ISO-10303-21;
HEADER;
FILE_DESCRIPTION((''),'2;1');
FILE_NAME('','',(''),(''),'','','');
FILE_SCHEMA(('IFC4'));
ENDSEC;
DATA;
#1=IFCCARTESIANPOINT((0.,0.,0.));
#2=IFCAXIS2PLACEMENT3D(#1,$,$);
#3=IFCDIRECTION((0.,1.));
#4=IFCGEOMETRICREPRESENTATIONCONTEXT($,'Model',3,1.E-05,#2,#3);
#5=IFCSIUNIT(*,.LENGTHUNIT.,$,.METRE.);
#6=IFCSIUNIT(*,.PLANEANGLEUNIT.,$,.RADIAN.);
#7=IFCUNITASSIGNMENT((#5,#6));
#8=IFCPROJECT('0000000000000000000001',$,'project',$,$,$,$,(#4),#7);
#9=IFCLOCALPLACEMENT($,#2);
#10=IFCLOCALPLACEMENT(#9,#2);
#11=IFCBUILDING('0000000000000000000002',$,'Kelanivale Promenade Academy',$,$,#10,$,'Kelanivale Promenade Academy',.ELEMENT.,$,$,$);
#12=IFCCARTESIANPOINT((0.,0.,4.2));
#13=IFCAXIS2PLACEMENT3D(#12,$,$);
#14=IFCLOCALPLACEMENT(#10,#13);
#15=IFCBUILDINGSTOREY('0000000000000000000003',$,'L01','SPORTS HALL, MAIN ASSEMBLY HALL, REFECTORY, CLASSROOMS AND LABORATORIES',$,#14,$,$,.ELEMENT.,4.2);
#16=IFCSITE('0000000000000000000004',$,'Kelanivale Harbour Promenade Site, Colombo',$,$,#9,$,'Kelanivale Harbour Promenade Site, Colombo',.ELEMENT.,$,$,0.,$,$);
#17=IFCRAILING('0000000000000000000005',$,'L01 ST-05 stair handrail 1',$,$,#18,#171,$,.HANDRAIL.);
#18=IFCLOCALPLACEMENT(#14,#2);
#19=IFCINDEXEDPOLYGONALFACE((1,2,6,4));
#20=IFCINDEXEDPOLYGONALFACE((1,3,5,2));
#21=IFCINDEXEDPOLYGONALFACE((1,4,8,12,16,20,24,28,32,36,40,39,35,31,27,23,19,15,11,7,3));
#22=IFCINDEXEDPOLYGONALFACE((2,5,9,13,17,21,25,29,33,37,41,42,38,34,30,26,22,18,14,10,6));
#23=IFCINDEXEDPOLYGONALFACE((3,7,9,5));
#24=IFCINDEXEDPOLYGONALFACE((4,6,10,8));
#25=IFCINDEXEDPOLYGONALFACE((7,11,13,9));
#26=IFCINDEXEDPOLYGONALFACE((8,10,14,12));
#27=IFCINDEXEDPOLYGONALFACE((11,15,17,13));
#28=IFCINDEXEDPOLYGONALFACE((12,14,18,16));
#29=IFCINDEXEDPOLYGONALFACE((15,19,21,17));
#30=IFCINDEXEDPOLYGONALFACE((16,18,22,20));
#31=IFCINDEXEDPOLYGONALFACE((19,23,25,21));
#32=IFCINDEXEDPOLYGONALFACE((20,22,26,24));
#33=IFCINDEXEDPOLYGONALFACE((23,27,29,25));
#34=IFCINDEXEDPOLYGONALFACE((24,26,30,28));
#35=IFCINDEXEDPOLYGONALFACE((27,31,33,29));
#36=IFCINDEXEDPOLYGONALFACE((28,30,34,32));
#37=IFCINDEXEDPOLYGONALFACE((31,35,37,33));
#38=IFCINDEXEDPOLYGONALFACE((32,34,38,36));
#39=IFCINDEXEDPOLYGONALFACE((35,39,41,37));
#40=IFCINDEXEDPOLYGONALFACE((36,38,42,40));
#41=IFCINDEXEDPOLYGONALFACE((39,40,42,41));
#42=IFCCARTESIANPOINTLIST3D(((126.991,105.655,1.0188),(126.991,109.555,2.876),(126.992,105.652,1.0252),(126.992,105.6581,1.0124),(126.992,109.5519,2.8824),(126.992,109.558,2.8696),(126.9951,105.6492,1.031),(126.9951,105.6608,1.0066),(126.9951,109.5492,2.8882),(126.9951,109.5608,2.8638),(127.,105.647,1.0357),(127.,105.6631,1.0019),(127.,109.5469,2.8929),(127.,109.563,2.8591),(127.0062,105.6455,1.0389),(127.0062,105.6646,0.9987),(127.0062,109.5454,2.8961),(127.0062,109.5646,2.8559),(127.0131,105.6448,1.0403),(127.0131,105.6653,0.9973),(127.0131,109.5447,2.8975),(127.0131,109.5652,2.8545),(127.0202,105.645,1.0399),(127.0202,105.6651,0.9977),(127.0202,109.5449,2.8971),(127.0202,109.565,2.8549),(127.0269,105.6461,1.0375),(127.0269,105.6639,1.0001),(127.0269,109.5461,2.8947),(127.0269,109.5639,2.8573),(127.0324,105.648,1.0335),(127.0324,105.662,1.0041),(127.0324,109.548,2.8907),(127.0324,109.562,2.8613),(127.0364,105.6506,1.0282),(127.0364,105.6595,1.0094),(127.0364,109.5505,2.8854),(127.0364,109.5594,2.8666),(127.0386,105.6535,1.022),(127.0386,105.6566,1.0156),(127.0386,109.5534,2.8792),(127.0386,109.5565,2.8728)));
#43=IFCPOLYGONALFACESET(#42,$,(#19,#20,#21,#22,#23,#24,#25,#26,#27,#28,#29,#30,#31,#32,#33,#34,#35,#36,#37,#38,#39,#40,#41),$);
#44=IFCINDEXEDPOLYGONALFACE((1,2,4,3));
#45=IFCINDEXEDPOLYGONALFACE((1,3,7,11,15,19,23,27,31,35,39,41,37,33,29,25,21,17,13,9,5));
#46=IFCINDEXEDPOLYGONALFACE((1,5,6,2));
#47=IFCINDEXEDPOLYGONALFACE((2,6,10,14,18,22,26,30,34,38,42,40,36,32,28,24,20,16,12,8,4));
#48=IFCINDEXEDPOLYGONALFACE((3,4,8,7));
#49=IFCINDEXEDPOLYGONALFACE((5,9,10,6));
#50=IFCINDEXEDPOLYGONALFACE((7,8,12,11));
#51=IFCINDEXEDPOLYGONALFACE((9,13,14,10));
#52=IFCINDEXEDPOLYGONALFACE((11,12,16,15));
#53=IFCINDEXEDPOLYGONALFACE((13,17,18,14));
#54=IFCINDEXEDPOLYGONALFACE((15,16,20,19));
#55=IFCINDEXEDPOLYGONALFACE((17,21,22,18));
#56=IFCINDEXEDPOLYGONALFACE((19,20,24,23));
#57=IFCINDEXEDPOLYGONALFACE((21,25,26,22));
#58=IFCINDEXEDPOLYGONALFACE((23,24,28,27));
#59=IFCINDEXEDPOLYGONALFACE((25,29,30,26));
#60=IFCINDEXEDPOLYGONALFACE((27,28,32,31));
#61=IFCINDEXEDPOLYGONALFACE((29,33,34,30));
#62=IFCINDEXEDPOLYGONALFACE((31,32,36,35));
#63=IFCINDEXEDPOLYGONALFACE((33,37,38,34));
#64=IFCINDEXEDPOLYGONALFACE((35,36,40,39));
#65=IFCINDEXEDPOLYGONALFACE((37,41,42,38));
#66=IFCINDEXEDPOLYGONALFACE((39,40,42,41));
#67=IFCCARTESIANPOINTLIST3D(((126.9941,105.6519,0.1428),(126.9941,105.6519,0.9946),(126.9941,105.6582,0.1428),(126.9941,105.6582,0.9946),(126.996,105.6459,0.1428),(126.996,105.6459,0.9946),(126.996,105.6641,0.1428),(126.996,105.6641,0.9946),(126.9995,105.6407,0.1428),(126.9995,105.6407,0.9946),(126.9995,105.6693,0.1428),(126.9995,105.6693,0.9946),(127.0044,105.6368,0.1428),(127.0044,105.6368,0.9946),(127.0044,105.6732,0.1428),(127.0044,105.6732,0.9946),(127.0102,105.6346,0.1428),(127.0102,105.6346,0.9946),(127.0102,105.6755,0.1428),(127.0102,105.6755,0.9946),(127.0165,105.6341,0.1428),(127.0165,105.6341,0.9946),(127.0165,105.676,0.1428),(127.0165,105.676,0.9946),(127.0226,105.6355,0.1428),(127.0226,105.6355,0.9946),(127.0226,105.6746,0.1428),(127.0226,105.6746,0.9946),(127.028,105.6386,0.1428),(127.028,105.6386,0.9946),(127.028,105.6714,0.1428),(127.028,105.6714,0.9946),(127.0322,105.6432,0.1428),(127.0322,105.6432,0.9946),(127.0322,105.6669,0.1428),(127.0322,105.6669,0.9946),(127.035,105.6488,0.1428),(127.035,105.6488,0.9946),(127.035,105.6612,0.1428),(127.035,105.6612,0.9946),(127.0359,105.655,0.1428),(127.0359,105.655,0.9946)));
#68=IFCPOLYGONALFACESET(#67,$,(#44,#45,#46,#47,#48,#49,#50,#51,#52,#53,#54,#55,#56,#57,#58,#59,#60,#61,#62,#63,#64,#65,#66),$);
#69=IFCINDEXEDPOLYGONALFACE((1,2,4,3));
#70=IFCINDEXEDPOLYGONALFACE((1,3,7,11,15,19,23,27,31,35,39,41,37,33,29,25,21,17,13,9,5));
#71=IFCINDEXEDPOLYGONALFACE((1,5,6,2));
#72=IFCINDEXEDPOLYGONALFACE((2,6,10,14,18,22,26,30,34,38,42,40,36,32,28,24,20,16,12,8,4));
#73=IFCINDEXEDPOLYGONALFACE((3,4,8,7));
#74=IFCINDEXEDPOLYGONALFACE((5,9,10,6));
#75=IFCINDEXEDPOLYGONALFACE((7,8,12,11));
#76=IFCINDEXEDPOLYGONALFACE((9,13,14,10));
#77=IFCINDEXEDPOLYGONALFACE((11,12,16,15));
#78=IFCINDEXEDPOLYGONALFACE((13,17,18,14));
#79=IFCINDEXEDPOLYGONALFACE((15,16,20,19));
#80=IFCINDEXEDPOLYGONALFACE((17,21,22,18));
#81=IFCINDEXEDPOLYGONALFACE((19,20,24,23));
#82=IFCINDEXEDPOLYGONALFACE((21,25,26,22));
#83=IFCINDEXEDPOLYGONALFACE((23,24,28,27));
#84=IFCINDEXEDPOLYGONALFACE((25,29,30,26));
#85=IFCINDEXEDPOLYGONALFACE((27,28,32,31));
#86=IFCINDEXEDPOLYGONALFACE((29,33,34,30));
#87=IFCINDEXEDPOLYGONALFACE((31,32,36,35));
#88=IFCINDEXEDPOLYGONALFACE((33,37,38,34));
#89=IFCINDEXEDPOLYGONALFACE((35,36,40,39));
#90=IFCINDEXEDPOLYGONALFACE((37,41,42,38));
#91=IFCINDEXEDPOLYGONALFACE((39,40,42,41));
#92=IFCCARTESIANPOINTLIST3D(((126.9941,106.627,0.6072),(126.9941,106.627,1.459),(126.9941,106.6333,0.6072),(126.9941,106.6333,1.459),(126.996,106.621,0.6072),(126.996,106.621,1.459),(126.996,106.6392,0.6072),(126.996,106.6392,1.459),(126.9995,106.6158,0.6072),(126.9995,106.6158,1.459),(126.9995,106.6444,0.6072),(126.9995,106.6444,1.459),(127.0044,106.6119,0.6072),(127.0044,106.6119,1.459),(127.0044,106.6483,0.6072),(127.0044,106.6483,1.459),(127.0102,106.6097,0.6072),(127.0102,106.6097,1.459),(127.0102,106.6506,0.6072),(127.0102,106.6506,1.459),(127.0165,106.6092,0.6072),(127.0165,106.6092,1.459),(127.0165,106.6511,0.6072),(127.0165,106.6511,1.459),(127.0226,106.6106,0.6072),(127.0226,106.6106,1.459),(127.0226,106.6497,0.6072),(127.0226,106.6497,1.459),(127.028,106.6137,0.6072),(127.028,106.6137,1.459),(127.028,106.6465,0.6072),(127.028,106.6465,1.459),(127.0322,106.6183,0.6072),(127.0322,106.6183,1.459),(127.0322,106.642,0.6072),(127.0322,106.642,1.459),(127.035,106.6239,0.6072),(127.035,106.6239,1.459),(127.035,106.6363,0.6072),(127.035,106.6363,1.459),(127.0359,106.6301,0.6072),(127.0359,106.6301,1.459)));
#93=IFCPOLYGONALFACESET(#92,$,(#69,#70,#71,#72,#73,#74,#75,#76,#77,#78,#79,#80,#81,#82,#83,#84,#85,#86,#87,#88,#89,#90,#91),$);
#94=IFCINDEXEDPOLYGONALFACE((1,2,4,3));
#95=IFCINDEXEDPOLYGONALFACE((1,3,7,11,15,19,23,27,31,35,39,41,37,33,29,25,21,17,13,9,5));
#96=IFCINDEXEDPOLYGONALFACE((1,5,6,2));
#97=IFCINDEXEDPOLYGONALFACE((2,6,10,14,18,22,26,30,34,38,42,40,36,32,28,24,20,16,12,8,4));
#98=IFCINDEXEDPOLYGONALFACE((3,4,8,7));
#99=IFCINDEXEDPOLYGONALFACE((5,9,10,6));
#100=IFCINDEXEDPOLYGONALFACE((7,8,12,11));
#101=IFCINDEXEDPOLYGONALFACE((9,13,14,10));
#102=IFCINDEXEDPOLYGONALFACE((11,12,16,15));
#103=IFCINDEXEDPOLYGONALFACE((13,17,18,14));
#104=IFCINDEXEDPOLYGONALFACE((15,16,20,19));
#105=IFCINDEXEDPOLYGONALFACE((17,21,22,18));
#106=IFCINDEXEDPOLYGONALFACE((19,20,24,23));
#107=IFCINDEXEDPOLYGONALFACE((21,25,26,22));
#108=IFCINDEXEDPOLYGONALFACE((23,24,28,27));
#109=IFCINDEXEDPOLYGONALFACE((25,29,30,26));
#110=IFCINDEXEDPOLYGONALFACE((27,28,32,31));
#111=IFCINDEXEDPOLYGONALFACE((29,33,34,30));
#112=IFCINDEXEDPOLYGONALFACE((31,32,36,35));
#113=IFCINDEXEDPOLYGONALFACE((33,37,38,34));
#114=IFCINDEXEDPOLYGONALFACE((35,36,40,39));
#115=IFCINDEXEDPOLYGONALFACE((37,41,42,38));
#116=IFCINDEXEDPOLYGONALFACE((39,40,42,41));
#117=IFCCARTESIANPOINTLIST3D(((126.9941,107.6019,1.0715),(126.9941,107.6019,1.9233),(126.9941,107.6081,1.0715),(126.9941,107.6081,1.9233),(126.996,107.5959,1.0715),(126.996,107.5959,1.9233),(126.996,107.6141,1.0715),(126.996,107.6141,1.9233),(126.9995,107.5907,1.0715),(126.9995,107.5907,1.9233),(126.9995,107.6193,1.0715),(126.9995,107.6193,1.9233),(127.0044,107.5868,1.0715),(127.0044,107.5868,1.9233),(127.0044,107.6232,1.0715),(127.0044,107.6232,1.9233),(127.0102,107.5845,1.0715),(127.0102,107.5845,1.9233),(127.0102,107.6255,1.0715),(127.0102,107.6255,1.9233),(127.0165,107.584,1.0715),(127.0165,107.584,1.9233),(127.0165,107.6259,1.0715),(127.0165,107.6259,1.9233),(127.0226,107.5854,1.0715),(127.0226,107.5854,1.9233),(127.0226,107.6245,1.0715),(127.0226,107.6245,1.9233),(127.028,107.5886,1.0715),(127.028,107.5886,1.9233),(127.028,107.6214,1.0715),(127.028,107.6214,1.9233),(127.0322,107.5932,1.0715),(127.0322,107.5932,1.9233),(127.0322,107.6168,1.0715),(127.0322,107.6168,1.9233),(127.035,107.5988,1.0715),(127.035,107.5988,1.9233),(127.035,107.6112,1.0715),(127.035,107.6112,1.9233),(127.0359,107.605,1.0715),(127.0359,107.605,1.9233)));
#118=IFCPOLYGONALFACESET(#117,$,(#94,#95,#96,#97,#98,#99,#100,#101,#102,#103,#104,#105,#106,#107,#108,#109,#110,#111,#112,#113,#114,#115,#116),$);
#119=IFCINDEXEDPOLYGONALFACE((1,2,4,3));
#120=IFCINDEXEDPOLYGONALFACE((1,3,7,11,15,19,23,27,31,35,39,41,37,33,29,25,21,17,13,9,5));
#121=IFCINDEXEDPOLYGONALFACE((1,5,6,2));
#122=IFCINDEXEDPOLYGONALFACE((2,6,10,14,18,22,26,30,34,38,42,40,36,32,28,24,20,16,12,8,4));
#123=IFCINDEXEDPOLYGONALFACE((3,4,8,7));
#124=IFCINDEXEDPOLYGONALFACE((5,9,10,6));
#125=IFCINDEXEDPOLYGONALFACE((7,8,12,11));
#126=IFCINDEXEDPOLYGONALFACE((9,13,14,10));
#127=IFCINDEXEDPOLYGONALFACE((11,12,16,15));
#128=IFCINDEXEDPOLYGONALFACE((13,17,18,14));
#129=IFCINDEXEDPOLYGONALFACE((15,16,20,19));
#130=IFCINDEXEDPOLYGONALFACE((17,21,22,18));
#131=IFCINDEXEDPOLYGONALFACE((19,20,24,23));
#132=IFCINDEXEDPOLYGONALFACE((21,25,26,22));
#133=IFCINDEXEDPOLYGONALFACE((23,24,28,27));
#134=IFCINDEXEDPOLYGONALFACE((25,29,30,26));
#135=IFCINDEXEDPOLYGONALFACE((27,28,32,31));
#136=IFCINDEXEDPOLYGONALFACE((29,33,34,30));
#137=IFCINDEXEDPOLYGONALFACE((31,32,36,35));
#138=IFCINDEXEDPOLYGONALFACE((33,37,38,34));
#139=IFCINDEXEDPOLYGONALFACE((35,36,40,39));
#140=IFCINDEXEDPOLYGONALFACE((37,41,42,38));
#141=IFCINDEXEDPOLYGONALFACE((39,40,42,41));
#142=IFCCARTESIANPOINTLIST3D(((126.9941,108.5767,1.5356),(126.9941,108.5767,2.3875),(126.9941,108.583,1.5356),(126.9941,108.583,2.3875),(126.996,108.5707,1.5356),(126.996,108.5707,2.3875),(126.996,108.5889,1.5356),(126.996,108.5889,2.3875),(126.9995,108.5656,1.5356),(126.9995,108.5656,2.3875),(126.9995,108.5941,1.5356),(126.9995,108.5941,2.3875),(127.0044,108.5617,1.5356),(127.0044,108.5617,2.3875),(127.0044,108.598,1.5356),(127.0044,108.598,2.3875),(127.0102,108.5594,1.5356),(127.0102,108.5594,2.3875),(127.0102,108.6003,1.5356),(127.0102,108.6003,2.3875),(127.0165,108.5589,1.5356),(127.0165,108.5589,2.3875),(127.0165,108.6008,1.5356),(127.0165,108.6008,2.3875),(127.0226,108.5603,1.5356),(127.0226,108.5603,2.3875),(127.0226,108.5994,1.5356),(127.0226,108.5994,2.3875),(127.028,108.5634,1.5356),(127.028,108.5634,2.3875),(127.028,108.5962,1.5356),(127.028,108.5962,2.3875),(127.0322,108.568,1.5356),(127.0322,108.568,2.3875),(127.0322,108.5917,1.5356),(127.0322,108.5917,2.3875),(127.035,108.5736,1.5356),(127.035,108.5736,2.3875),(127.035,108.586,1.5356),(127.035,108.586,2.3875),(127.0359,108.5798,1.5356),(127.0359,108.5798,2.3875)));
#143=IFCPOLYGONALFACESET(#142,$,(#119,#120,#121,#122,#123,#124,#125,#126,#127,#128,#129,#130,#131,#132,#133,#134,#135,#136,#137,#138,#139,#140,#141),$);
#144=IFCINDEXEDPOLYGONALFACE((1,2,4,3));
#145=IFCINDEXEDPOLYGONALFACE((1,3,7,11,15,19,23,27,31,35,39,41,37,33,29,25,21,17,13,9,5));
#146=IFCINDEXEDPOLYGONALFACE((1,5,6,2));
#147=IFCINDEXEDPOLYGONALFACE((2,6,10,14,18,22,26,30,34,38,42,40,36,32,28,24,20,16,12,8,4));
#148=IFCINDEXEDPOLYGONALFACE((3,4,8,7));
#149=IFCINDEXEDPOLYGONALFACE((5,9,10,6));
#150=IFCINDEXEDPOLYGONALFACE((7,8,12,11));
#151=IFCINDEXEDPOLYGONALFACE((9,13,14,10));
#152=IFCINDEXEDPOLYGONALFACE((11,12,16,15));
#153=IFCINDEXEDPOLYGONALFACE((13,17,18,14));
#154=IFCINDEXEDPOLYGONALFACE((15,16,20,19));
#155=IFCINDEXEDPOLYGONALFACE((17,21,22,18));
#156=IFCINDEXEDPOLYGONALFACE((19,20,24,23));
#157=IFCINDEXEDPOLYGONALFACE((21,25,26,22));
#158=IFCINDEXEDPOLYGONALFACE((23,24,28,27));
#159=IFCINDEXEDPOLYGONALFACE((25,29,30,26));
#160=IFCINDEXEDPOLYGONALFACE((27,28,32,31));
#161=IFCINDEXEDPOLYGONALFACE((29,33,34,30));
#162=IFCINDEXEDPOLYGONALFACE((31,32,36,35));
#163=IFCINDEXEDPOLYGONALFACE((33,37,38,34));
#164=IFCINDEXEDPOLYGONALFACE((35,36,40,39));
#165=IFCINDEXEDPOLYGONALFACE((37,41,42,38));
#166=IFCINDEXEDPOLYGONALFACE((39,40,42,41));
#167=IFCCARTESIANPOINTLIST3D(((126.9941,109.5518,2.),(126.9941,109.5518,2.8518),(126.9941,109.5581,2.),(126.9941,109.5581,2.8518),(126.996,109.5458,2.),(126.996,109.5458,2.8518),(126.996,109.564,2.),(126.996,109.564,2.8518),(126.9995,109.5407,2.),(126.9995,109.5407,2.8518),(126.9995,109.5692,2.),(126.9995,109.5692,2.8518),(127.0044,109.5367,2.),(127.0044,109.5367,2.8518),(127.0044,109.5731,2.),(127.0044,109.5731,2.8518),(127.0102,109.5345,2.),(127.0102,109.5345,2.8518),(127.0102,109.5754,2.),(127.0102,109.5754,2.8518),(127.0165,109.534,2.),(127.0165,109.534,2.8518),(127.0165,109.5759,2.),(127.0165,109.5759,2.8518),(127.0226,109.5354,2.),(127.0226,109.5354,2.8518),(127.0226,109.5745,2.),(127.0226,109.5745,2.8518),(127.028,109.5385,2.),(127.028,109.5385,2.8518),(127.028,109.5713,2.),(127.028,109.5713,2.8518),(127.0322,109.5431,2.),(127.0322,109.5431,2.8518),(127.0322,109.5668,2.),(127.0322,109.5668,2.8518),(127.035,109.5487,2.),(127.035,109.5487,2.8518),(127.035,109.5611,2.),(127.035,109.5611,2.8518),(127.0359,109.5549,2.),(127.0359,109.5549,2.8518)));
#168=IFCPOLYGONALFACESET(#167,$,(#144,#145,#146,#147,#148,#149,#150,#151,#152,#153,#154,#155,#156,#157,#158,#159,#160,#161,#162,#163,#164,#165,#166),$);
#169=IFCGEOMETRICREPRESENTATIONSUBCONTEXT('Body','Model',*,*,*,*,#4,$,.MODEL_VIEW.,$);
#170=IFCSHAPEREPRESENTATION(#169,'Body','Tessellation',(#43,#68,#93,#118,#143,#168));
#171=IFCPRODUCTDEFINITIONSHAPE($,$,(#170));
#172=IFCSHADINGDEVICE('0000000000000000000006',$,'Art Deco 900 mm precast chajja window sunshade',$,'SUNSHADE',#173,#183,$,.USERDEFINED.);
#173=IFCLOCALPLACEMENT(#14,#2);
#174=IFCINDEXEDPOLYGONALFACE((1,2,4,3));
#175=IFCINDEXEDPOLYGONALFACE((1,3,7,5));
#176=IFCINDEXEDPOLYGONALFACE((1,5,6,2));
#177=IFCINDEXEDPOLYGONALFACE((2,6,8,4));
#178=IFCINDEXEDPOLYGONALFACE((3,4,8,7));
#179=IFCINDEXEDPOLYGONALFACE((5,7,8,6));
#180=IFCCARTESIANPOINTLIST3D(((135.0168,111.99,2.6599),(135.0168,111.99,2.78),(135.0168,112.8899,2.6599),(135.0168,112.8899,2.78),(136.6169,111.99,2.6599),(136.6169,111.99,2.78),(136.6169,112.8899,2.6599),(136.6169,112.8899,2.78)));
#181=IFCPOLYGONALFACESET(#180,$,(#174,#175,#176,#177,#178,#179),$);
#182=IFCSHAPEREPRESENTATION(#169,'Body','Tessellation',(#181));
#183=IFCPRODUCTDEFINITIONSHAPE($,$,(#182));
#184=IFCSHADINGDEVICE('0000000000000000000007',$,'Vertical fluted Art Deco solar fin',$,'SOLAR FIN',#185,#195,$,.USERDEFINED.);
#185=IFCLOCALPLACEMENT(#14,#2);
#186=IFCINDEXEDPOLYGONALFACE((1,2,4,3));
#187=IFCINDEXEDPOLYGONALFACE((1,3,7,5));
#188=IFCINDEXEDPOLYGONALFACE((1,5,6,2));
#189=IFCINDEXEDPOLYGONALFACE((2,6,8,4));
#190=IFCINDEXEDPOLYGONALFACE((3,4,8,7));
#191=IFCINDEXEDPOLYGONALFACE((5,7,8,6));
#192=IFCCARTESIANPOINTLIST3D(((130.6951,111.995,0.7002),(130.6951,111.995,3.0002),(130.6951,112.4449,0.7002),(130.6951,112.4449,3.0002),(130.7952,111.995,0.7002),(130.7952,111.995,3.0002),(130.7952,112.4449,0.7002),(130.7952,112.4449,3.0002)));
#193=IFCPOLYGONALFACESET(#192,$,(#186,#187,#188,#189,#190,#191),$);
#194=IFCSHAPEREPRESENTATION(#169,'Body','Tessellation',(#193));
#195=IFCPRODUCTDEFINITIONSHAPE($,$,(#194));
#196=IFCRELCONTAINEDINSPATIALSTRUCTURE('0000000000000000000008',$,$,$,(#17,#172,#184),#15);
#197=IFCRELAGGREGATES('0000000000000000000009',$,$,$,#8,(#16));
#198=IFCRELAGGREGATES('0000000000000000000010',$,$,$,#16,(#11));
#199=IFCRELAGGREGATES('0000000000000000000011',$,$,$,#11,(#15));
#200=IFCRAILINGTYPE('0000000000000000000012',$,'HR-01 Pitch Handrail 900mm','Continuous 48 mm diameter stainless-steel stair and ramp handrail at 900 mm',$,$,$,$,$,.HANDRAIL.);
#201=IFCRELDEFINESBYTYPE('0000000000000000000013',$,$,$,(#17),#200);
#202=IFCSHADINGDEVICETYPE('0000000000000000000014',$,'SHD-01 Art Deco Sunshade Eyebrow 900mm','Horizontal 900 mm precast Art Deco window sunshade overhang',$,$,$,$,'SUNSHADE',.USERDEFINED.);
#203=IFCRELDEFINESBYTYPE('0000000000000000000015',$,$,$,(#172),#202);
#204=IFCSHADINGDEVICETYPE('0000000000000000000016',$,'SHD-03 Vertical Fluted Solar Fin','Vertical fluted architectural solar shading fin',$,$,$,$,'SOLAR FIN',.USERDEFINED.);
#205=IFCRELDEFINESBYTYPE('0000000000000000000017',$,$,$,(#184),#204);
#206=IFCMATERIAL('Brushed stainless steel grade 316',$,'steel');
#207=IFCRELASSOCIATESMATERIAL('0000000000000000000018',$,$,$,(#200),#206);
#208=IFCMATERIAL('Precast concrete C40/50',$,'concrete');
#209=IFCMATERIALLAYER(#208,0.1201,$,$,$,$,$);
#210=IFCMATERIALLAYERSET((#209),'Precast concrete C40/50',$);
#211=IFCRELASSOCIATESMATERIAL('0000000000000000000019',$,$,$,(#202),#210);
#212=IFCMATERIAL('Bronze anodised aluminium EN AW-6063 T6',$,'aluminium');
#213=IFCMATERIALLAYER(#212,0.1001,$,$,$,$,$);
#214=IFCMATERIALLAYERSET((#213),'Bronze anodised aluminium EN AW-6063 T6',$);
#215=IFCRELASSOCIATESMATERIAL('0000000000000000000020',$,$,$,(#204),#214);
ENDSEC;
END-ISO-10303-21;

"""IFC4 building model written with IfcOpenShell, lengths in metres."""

from ifc_helpers import new_model, si_unit, direction, frame, origin, origin_2d, place, context, subcontext, project, spatial, rectangle, circle, extrude, material, layer, layer_set, type_object, element, save


model = new_model("IFC4")

# Units and contexts
model_context = context("Model", 3, precision=1e-05, world=origin(), true_north=direction((0.0, 1.0)))
body_context = subcontext(model_context, "Body", "Model", "MODEL_VIEW")
ifc_project = project(units=[si_unit("LENGTHUNIT", "METRE"), si_unit("PLANEANGLEUNIT", "RADIAN")], contexts=[model_context])

# Site, building, storey
site_placement = place(None, origin())
site = spatial("IfcSite", under=ifc_project, at=site_placement, Name="Kelanivale Harbour Promenade Site, Colombo", LongName="Kelanivale Harbour Promenade Site, Colombo", CompositionType="ELEMENT", RefElevation=0.0)
building_placement = place(site_placement, origin())
building = spatial("IfcBuilding", under=site, at=building_placement, Name="Kelanivale Promenade Academy", LongName="Kelanivale Promenade Academy", CompositionType="ELEMENT")
storey_placement = place(building_placement, frame((0.0, 0.0, 4.2)))
storey = spatial("IfcBuildingStorey", under=building, at=storey_placement, Name="L01", Description="SPORTS HALL, MAIN ASSEMBLY HALL, REFECTORY, CLASSROOMS AND LABORATORIES", CompositionType="ELEMENT", Elevation=4.2)

# Railing
ifc_material_1 = material(Name="Brushed stainless steel grade 316", Category="steel")
railing_type = type_object("IfcRailingType", Name="HR-01 Pitch Handrail 900mm", Description="Continuous 48 mm diameter stainless-steel stair and ramp handrail at 900 mm", PredefinedType="HANDRAIL", material=ifc_material_1)
railing_placement = place(storey_placement, frame((127.0149, 105.655, 0.1428)))
element("IfcRailing", 1, at=railing_placement, inside=storey, type_object=railing_type, Name="L01 ST-05 stair handrail 1", PredefinedType="HANDRAIL", context=body_context, shape_type="SweptSolid", body=[
    extrude(circle(Radius=0.0239, at=origin_2d()), frame((0.0, 0.0, 0.876), z_axis=(0.0, 0.902853, 0.429949), x_axis=(-1.0, 0.0, 0.0)), (0.0, 0.0, 1.0), 4.3196),
    extrude(circle(Radius=0.021, at=origin_2d()), origin(), (0.0, 0.0, 1.0), 0.8518),
    extrude(circle(Radius=0.021, at=origin_2d()), frame((0.0, 0.9751, 0.4644)), (0.0, 0.0, 1.0), 0.8518),
    extrude(circle(Radius=0.021, at=origin_2d()), frame((0.0, 1.95, 0.9287)), (0.0, 0.0, 1.0), 0.8518),
    extrude(circle(Radius=0.021, at=origin_2d()), frame((0.0, 2.9248, 1.3928)), (0.0, 0.0, 1.0), 0.8518),
    extrude(circle(Radius=0.021, at=origin_2d()), frame((0.0, 3.8999, 1.8572)), (0.0, 0.0, 1.0), 0.8518),
])

# Shading devices
ifc_material_2 = material(Name="Precast concrete C40/50", Category="concrete")
ifc_layer_1 = layer(ifc_material_2, 0.1201)
ifc_layer_set_1 = layer_set([ifc_layer_1], Name="Precast concrete C40/50")
shading_device_type_1 = type_object("IfcShadingDeviceType", Name="SHD-01 Art Deco Sunshade Eyebrow 900mm", Description="Horizontal 900 mm precast Art Deco window sunshade overhang", ElementType="SUNSHADE", PredefinedType="USERDEFINED", material=ifc_layer_set_1)
shading_device_1_placement = place(storey_placement, frame((135.8169, 112.4399, 2.6599), z_axis=(0.0, 0.0, 1.0), x_axis=(-1.0, 0.0, 0.0)))
element("IfcShadingDevice", 2, at=shading_device_1_placement, inside=storey, type_object=shading_device_type_1, Name="Art Deco 900 mm precast chajja window sunshade", ObjectType="SUNSHADE", PredefinedType="USERDEFINED", context=body_context, shape_type="SweptSolid", body=[
    extrude(rectangle(XDim=1.6001, YDim=0.8999, at=origin_2d()), origin(), (0.0, 0.0, 1.0), 0.1201),
])
ifc_material_3 = material(Name="Bronze anodised aluminium EN AW-6063 T6", Category="aluminium")
ifc_layer_2 = layer(ifc_material_3, 0.1001)
ifc_layer_set_2 = layer_set([ifc_layer_2], Name="Bronze anodised aluminium EN AW-6063 T6")
shading_device_type_2 = type_object("IfcShadingDeviceType", Name="SHD-03 Vertical Fluted Solar Fin", Description="Vertical fluted architectural solar shading fin", ElementType="SOLAR FIN", PredefinedType="USERDEFINED", material=ifc_layer_set_2)
shading_device_2_placement = place(storey_placement, frame((130.7451, 112.22, 0.7002), z_axis=(0.0, 0.0, 1.0), x_axis=(-1.0, 0.0, 0.0)))
element("IfcShadingDevice", 3, at=shading_device_2_placement, inside=storey, type_object=shading_device_type_2, Name="Vertical fluted Art Deco solar fin", ObjectType="SOLAR FIN", PredefinedType="USERDEFINED", context=body_context, shape_type="SweptSolid", body=[
    extrude(rectangle(XDim=0.1001, YDim=0.45, at=origin_2d()), origin(), (0.0, 0.0, 1.0), 2.3),
])

save(model, "model.ifc")
